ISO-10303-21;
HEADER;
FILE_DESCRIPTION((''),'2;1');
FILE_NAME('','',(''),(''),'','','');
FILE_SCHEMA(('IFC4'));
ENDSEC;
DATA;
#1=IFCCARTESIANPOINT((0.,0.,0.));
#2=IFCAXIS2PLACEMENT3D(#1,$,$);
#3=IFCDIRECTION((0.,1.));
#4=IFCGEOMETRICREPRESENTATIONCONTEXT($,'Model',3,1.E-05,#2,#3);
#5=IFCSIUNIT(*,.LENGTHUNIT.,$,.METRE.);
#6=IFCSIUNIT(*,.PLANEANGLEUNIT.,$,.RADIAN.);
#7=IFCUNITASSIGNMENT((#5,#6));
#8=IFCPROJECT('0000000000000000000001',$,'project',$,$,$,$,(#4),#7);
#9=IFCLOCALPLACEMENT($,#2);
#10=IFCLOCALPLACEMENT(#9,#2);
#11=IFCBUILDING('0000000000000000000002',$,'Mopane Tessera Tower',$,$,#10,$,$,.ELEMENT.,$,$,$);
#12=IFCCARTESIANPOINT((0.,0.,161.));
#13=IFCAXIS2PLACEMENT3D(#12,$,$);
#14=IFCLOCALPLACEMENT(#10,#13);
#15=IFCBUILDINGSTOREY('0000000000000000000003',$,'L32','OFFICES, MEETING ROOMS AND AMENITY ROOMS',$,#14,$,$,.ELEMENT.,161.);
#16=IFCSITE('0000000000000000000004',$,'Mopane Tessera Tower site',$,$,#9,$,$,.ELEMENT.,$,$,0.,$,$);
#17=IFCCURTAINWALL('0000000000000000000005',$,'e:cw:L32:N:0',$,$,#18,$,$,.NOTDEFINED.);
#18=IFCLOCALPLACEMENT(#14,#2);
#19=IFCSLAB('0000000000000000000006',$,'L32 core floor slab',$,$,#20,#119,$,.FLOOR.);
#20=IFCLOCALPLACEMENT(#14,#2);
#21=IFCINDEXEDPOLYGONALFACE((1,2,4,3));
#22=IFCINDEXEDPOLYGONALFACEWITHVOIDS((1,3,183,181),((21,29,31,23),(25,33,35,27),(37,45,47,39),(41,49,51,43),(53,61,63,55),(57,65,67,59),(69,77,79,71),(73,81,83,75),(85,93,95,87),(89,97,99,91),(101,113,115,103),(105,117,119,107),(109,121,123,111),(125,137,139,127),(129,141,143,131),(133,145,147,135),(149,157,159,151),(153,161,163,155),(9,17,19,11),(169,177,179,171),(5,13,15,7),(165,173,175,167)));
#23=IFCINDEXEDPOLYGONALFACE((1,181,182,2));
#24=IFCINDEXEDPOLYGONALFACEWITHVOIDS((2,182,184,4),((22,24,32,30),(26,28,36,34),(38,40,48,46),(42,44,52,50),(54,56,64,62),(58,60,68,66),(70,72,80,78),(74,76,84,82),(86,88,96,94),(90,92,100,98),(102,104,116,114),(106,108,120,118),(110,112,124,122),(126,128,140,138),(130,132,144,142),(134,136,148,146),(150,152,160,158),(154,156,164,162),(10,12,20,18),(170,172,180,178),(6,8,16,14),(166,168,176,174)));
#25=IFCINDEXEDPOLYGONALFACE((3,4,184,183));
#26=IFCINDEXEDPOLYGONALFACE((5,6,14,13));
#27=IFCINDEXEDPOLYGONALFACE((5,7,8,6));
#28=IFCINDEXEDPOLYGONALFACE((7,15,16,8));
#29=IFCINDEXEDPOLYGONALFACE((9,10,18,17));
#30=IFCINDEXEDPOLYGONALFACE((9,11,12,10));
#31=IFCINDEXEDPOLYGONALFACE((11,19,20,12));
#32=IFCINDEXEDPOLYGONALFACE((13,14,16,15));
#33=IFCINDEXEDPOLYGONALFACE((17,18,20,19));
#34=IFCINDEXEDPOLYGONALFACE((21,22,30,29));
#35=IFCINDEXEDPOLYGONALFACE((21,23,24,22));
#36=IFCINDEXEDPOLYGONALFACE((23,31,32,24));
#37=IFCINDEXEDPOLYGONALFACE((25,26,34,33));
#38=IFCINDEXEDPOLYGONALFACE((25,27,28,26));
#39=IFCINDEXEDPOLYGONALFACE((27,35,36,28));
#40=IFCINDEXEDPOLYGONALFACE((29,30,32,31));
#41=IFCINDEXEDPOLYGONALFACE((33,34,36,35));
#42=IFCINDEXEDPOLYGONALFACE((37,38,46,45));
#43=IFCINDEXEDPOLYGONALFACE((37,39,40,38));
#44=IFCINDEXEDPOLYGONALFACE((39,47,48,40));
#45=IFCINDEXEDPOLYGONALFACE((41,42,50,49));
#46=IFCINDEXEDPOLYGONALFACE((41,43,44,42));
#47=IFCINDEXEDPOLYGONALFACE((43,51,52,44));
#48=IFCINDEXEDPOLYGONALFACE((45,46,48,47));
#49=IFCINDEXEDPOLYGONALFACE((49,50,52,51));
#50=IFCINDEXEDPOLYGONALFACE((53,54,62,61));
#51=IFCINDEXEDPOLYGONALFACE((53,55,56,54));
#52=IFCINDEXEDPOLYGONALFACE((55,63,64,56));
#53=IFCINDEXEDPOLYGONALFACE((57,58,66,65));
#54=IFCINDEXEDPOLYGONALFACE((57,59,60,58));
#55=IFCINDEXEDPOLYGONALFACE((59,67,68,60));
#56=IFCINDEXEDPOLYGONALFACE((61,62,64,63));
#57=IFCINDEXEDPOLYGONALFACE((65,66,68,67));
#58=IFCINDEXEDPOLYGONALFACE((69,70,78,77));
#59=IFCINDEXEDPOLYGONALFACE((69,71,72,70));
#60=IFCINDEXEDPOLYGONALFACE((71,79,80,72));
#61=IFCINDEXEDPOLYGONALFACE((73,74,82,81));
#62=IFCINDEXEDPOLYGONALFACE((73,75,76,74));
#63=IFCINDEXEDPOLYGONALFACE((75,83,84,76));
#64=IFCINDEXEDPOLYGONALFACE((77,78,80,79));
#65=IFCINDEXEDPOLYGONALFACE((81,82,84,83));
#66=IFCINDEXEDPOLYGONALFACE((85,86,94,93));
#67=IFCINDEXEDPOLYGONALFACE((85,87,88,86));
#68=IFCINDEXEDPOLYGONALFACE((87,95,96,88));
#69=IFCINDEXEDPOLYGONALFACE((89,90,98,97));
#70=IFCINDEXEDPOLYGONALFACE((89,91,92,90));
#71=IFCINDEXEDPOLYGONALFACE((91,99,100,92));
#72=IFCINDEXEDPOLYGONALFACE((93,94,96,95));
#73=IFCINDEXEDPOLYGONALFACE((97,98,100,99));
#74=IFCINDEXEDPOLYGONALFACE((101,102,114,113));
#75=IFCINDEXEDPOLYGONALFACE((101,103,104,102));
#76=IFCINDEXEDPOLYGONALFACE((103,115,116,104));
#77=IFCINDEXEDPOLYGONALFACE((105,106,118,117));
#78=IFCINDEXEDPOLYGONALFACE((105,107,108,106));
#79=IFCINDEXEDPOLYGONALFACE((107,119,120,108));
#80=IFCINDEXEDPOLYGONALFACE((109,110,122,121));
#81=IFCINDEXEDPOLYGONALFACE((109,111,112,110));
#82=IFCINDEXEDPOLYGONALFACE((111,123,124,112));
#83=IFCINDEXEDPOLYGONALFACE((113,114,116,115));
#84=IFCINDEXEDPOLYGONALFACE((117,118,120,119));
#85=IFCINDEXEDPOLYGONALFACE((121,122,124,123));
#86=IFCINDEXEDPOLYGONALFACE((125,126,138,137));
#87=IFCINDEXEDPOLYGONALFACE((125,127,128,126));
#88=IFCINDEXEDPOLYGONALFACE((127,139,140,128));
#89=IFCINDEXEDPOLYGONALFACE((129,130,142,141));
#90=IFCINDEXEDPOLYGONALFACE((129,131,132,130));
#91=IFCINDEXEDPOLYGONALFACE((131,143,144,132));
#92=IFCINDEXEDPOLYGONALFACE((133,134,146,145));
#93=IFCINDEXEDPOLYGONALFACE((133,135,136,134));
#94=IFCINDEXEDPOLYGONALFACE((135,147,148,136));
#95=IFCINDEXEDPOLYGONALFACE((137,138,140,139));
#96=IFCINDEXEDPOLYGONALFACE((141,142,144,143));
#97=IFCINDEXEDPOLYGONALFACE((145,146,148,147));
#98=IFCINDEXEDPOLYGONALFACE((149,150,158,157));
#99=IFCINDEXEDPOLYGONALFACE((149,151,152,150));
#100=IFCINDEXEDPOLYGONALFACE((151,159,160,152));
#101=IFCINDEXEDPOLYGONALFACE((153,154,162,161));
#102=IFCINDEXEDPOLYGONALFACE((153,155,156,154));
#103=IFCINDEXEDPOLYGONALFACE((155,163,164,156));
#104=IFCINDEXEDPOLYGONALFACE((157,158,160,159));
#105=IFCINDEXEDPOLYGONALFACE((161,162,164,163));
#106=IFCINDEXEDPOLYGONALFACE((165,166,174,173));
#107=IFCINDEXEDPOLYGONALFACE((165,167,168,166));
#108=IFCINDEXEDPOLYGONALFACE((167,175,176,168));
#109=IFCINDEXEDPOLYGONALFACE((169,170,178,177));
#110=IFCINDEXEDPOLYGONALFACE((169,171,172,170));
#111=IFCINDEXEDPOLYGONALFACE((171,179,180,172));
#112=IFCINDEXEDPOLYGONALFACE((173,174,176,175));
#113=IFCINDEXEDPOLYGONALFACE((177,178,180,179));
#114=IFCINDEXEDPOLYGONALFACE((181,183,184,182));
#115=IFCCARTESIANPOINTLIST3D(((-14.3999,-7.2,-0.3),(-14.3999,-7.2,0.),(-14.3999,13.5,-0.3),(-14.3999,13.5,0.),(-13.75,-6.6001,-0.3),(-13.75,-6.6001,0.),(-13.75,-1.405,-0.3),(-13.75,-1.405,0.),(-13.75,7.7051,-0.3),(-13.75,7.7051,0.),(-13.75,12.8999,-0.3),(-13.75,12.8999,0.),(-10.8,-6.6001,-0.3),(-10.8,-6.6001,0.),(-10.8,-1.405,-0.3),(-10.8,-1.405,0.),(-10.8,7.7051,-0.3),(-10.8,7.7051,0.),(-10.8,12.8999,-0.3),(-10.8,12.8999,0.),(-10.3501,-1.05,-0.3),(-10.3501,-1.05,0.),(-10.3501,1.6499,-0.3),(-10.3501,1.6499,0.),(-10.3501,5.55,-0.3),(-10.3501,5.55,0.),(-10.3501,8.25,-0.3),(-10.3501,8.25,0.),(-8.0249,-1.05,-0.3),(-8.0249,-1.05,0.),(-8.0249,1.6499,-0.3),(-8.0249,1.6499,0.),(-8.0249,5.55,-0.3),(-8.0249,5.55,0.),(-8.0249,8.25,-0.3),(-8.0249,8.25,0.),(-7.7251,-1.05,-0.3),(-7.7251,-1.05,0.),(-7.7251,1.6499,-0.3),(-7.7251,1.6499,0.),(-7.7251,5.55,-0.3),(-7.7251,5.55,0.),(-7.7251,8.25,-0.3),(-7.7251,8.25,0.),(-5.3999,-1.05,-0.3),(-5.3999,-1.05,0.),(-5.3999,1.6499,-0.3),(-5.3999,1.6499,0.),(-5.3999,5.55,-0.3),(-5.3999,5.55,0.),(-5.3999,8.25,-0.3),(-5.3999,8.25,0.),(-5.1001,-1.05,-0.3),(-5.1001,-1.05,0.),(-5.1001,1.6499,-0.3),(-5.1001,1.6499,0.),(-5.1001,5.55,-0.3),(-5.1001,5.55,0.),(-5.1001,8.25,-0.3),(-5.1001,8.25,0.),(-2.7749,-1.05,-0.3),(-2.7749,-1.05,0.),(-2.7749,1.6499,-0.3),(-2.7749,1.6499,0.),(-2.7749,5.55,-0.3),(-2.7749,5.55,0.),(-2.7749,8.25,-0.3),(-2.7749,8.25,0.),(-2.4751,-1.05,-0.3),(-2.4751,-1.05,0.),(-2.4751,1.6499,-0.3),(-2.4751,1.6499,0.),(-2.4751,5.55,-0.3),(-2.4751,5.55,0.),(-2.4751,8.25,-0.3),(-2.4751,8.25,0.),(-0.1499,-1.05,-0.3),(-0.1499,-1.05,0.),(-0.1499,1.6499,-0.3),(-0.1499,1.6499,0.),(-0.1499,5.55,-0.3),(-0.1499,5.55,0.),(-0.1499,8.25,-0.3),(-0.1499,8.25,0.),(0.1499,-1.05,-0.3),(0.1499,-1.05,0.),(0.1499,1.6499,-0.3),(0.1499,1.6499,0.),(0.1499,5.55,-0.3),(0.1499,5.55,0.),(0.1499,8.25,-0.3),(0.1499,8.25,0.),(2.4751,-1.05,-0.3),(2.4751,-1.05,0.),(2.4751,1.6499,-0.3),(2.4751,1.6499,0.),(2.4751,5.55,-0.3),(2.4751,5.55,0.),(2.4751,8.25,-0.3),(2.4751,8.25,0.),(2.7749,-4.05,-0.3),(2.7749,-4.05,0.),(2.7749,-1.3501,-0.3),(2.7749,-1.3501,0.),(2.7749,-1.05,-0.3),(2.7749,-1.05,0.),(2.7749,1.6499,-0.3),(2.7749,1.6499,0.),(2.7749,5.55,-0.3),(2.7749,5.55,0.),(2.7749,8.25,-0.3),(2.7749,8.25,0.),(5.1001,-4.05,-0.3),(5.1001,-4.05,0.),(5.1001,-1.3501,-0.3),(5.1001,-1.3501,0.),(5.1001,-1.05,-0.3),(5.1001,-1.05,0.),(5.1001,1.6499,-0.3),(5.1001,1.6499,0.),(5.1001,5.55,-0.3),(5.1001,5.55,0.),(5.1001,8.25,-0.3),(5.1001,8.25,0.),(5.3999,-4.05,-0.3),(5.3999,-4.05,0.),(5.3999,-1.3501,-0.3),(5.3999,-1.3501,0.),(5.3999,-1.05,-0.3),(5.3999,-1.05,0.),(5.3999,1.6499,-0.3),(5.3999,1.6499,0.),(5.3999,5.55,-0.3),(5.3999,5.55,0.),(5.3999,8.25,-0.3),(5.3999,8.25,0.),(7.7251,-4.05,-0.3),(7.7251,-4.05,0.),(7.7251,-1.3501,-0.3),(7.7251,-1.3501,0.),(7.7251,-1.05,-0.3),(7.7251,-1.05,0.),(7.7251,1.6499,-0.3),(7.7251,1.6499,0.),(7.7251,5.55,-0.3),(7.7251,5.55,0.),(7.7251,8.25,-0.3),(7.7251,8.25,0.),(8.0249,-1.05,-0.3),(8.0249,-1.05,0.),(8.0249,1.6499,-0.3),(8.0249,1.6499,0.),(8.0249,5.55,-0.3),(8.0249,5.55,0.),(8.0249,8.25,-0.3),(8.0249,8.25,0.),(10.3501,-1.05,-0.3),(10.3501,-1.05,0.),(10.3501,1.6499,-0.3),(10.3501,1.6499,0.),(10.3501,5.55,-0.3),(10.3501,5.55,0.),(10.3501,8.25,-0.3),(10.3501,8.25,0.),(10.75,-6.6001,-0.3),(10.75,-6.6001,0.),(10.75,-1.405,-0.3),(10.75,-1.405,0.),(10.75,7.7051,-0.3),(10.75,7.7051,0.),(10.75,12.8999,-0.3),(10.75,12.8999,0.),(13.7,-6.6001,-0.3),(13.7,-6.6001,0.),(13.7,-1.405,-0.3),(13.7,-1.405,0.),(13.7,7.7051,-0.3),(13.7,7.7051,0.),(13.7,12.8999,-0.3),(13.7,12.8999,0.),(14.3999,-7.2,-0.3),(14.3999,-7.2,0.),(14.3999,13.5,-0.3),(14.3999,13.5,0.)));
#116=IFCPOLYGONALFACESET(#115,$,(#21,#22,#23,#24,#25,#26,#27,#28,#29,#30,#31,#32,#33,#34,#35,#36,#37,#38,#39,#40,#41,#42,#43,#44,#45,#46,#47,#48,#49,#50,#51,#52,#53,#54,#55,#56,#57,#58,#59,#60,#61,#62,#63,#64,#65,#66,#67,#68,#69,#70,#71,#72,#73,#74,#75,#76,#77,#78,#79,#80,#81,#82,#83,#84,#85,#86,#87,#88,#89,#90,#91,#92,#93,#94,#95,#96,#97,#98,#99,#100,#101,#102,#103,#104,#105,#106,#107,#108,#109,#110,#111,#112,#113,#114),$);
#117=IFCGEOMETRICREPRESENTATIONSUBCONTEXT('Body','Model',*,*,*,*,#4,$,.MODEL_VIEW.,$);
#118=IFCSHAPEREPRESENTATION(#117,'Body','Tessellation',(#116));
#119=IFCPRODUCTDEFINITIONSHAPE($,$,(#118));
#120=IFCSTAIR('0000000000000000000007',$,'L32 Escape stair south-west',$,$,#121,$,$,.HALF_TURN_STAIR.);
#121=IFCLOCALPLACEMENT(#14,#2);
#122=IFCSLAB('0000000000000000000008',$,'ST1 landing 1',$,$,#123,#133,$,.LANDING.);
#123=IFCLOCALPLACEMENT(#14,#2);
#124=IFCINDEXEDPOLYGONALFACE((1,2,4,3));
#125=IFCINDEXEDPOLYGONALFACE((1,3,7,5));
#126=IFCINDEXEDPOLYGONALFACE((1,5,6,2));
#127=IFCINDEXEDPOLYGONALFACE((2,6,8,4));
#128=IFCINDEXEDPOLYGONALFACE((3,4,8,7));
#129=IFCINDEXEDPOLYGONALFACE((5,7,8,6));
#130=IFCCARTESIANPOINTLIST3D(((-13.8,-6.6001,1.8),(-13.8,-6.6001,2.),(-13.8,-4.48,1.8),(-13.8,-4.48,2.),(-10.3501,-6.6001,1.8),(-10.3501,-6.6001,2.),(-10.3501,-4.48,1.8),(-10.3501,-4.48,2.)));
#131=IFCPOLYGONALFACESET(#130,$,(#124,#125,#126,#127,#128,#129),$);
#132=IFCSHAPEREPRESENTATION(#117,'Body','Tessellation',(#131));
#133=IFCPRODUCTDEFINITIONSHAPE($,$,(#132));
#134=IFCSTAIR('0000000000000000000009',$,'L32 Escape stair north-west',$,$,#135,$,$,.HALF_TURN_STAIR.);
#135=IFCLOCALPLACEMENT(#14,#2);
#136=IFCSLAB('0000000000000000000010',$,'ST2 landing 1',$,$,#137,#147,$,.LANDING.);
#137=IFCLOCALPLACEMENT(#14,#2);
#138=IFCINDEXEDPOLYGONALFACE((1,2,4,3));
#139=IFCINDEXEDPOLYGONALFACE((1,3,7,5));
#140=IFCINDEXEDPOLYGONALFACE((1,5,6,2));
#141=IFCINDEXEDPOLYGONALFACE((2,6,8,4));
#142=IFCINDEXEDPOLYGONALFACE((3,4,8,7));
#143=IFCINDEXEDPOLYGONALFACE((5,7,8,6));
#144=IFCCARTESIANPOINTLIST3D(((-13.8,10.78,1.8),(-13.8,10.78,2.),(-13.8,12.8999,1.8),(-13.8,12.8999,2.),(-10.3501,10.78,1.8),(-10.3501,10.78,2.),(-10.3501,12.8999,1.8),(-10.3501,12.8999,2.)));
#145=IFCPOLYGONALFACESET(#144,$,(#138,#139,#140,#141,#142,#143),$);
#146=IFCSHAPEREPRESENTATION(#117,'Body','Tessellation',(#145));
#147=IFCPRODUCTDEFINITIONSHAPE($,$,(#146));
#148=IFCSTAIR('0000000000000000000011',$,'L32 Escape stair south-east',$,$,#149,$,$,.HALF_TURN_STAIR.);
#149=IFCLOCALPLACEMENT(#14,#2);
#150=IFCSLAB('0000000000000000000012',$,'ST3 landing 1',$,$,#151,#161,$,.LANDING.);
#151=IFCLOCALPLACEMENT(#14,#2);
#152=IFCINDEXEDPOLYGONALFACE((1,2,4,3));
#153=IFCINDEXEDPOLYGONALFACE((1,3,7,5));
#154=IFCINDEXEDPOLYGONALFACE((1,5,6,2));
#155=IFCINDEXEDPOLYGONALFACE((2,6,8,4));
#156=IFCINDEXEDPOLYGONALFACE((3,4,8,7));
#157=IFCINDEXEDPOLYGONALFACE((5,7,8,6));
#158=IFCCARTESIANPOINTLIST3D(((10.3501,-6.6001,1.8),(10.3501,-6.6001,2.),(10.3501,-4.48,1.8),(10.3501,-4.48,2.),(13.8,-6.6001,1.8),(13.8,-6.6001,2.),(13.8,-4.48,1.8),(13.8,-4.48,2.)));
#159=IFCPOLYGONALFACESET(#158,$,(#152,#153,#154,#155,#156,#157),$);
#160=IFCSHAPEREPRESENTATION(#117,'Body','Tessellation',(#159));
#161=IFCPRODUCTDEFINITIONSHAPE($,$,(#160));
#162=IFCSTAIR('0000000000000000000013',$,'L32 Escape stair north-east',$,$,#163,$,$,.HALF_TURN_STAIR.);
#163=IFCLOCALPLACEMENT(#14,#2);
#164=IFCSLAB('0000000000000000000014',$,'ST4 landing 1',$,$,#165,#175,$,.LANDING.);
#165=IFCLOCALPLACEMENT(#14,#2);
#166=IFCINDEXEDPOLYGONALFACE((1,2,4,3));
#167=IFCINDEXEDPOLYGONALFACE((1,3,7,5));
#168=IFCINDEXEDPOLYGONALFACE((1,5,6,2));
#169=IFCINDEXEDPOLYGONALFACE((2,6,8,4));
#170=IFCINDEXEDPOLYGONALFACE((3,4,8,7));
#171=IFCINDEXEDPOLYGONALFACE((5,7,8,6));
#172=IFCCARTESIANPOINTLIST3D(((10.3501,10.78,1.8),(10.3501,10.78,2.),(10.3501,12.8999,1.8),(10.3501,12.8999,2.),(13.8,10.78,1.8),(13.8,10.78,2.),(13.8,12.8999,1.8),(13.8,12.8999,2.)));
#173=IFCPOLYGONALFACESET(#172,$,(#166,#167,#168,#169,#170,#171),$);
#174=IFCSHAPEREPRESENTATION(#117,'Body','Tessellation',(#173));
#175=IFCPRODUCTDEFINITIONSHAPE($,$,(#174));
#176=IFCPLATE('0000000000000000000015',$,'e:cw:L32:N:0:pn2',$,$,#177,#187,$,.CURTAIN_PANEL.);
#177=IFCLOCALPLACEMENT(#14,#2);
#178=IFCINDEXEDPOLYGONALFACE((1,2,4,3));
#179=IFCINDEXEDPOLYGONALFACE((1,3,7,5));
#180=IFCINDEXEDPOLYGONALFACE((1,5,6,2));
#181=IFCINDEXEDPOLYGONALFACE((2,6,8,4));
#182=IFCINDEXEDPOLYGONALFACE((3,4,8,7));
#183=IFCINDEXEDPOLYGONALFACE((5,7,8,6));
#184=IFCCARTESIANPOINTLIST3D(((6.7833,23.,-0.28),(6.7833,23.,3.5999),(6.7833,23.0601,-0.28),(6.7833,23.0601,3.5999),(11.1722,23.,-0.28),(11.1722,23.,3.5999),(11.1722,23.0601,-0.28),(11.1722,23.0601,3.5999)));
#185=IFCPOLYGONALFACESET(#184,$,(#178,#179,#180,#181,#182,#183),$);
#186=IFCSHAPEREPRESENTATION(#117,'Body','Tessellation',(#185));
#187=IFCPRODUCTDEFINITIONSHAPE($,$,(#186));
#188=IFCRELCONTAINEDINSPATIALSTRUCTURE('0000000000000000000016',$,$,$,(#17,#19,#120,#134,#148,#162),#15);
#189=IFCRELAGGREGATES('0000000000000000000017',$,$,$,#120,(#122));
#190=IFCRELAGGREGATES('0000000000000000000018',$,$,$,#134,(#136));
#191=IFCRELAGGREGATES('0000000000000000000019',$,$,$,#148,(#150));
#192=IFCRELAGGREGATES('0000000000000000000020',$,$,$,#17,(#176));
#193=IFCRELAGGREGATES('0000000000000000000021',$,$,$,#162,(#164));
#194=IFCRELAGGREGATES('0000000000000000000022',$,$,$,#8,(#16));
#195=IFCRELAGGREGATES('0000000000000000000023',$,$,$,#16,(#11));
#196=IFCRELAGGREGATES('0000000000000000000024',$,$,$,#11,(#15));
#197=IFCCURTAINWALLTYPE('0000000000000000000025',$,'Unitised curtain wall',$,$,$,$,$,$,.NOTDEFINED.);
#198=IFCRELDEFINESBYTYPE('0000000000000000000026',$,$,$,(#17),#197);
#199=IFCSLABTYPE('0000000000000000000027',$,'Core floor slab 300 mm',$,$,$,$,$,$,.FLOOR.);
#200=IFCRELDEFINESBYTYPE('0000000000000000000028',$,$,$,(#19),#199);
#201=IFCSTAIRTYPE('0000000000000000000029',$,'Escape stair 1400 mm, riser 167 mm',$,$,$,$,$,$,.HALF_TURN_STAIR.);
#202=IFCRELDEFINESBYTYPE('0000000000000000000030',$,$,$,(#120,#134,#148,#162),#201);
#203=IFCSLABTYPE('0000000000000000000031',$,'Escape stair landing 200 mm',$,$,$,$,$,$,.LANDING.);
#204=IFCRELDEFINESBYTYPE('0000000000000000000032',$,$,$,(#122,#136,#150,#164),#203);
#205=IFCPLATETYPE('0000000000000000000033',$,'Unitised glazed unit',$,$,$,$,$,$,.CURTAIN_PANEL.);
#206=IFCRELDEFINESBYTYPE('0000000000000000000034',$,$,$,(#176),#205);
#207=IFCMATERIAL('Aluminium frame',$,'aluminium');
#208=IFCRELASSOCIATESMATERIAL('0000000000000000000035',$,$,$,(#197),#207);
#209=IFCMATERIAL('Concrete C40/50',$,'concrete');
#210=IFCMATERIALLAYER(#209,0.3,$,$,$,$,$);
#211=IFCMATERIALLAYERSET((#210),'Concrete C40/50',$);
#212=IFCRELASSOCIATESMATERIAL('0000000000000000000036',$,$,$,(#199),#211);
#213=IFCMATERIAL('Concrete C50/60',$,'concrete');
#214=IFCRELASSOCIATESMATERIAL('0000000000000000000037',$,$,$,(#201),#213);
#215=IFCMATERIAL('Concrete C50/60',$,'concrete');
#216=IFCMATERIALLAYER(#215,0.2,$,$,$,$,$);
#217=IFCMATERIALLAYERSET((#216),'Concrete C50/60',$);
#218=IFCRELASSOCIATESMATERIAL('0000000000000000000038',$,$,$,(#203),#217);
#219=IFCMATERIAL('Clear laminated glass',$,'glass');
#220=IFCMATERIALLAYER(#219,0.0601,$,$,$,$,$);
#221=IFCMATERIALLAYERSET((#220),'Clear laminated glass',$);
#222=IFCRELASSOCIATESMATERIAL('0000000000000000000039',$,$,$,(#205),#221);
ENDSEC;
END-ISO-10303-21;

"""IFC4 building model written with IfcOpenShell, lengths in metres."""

from ifc_helpers import new_model, si_unit, direction, frame, origin, origin_2d, place, context, subcontext, project, spatial, polyline, rectangle, outline, extrude, material, layer, layer_set, type_object, element, aggregate, save


model = new_model("IFC4")

# Units and contexts
model_context = context("Model", 3, precision=1e-05, world=origin(), true_north=direction((0.0, 1.0)))
body_context = subcontext(model_context, "Body", "Model", "MODEL_VIEW")
ifc_project = project(units=[si_unit("LENGTHUNIT", "METRE"), si_unit("PLANEANGLEUNIT", "RADIAN")], contexts=[model_context])

# Site, building, storey
site_placement = place(None, origin())
site = spatial("IfcSite", under=ifc_project, at=site_placement, Name="Mopane Tessera Tower site", CompositionType="ELEMENT", RefElevation=0.0)
building_placement = place(site_placement, origin())
building = spatial("IfcBuilding", under=site, at=building_placement, Name="Mopane Tessera Tower", CompositionType="ELEMENT")
storey_placement = place(building_placement, frame((0.0, 0.0, 161.0)))
storey = spatial("IfcBuildingStorey", under=building, at=storey_placement, Name="L32", Description="OFFICES, MEETING ROOMS AND AMENITY ROOMS", CompositionType="ELEMENT", Elevation=161.0)

# Curtain wall
ifc_material_1 = material(Name="Aluminium frame", Category="aluminium")
curtain_wall_type = type_object("IfcCurtainWallType", Name="Unitised curtain wall", PredefinedType="NOTDEFINED", material=ifc_material_1)
curtain_wall_1_placement = place(storey_placement, origin())
curtain_wall_1 = element("IfcCurtainWall", 1, at=curtain_wall_1_placement, inside=storey, type_object=curtain_wall_type, Name="e:cw:L32:N:0", PredefinedType="NOTDEFINED")

# Slab
ifc_material_2 = material(Name="Concrete C40/50", Category="concrete")
ifc_layer_1 = layer(ifc_material_2, 0.3)
ifc_layer_set_1 = layer_set([ifc_layer_1], Name="Concrete C40/50")
slab_type_1 = type_object("IfcSlabType", Name="Core floor slab 300 mm", PredefinedType="FLOOR", material=ifc_layer_set_1)
slab_1_placement = place(storey_placement, frame((0.0, 0.0, -0.3)))
element("IfcSlab", 2, at=slab_1_placement, inside=storey, type_object=slab_type_1, Name="L32 core floor slab", PredefinedType="FLOOR", context=body_context, shape_type="SweptSolid", body=[
    extrude(outline(polyline([(-14.3999, -7.2), (14.3999, -7.2), (14.3999, 13.5), (-14.3999, 13.5), (-14.3999, -7.2)]), holes=[polyline([(-10.3501, -1.05), (-8.0249, -1.05), (-8.0249, 1.6499), (-10.3501, 1.6499), (-10.3501, -1.05)]), polyline([(-7.7251, -1.05), (-5.3999, -1.05), (-5.3999, 1.6499), (-7.7251, 1.6499), (-7.7251, -1.05)]), polyline([(-5.1001, -1.05), (-2.7749, -1.05), (-2.7749, 1.6499), (-5.1001, 1.6499), (-5.1001, -1.05)]), polyline([(-2.4751, -1.05), (-0.1499, -1.05), (-0.1499, 1.6499), (-2.4751, 1.6499), (-2.4751, -1.05)]), polyline([(0.1499, -1.05), (2.4751, -1.05), (2.4751, 1.6499), (0.1499, 1.6499), (0.1499, -1.05)]), polyline([(2.7749, -1.05), (5.1001, -1.05), (5.1001, 1.6499), (2.7749, 1.6499), (2.7749, -1.05)]), polyline([(5.3999, -1.05), (7.7251, -1.05), (7.7251, 1.6499), (5.3999, 1.6499), (5.3999, -1.05)]), polyline([(8.0249, -1.05), (10.3501, -1.05), (10.3501, 1.6499), (8.0249, 1.6499), (8.0249, -1.05)]), polyline([(-10.3501, 5.55), (-8.0249, 5.55), (-8.0249, 8.25), (-10.3501, 8.25), (-10.3501, 5.55)]), polyline([(-7.7251, 5.55), (-5.3999, 5.55), (-5.3999, 8.25), (-7.7251, 8.25), (-7.7251, 5.55)]), polyline([(-5.1001, 5.55), (-2.7749, 5.55), (-2.7749, 8.25), (-5.1001, 8.25), (-5.1001, 5.55)]), polyline([(-2.4751, 5.55), (-0.1499, 5.55), (-0.1499, 8.25), (-2.4751, 8.25), (-2.4751, 5.55)]), polyline([(0.1499, 5.55), (2.4751, 5.55), (2.4751, 8.25), (0.1499, 8.25), (0.1499, 5.55)]), polyline([(2.7749, 5.55), (5.1001, 5.55), (5.1001, 8.25), (2.7749, 8.25), (2.7749, 5.55)]), polyline([(5.3999, 5.55), (7.7251, 5.55), (7.7251, 8.25), (5.3999, 8.25), (5.3999, 5.55)]), polyline([(8.0249, 5.55), (10.3501, 5.55), (10.3501, 8.25), (8.0249, 8.25), (8.0249, 5.55)]), polyline([(2.7749, -4.05), (5.1001, -4.05), (5.1001, -1.3501), (2.7749, -1.3501), (2.7749, -4.05)]), polyline([(5.3999, -4.05), (7.7251, -4.05), (7.7251, -1.3501), (5.3999, -1.3501), (5.3999, -4.05)]), polyline([(-13.75, -1.405), (-13.75, -6.6001), (-10.8, -6.6001), (-10.8, -1.405), (-13.75, -1.405)]), polyline([(-10.8, 7.7051), (-10.8, 12.8999), (-13.75, 12.8999), (-13.75, 7.7051), (-10.8, 7.7051)]), polyline([(10.75, -1.405), (10.75, -6.6001), (13.7, -6.6001), (13.7, -1.405), (10.75, -1.405)]), polyline([(13.7, 7.7051), (13.7, 12.8999), (10.75, 12.8999), (10.75, 7.7051), (13.7, 7.7051)])]), origin(), (0.0, 0.0, 1.0), 0.3),
])

# Stairs, slabs
ifc_material_3 = material(Name="Concrete C50/60", Category="concrete")
stair_type = type_object("IfcStairType", Name="Escape stair 1400 mm, riser 167 mm", PredefinedType="HALF_TURN_STAIR", material=ifc_material_3)
stair_1_placement = place(storey_placement, origin())
stair_1 = element("IfcStair", 3, at=stair_1_placement, inside=storey, type_object=stair_type, Name="L32 Escape stair south-west", PredefinedType="HALF_TURN_STAIR")
ifc_material_4 = material(Name="Concrete C50/60", Category="concrete")
ifc_layer_2 = layer(ifc_material_4, 0.2)
ifc_layer_set_2 = layer_set([ifc_layer_2], Name="Concrete C50/60")
slab_type_2 = type_object("IfcSlabType", Name="Escape stair landing 200 mm", PredefinedType="LANDING", material=ifc_layer_set_2)
slab_2_placement = place(storey_placement, frame((0.0, 0.0, 1.8)))
slab_2 = element("IfcSlab", 4, at=slab_2_placement, type_object=slab_type_2, Name="ST1 landing 1", PredefinedType="LANDING", context=body_context, shape_type="SweptSolid", body=[
    extrude(outline(polyline([(-13.8, -4.48), (-13.8, -6.6001), (-10.3501, -6.6001), (-10.3501, -4.48), (-13.8, -4.48)])), origin(), (0.0, 0.0, 1.0), 0.2),
])
aggregate(stair_1, [slab_2])
stair_2_placement = place(storey_placement, origin())
stair_2 = element("IfcStair", 5, at=stair_2_placement, inside=storey, type_object=stair_type, Name="L32 Escape stair north-west", PredefinedType="HALF_TURN_STAIR")
slab_3_placement = place(storey_placement, frame((0.0, 0.0, 1.8)))
slab_3 = element("IfcSlab", 6, at=slab_3_placement, type_object=slab_type_2, Name="ST2 landing 1", PredefinedType="LANDING", context=body_context, shape_type="SweptSolid", body=[
    extrude(outline(polyline([(-10.3501, 10.78), (-10.3501, 12.8999), (-13.8, 12.8999), (-13.8, 10.78), (-10.3501, 10.78)])), origin(), (0.0, 0.0, 1.0), 0.2),
])
aggregate(stair_2, [slab_3])
stair_3_placement = place(storey_placement, origin())
stair_3 = element("IfcStair", 7, at=stair_3_placement, inside=storey, type_object=stair_type, Name="L32 Escape stair south-east", PredefinedType="HALF_TURN_STAIR")
slab_4_placement = place(storey_placement, frame((0.0, 0.0, 1.8)))
slab_4 = element("IfcSlab", 8, at=slab_4_placement, type_object=slab_type_2, Name="ST3 landing 1", PredefinedType="LANDING", context=body_context, shape_type="SweptSolid", body=[
    extrude(outline(polyline([(10.3501, -4.48), (10.3501, -6.6001), (13.8, -6.6001), (13.8, -4.48), (10.3501, -4.48)])), origin(), (0.0, 0.0, 1.0), 0.2),
])
aggregate(stair_3, [slab_4])
stair_4_placement = place(storey_placement, origin())
stair_4 = element("IfcStair", 9, at=stair_4_placement, inside=storey, type_object=stair_type, Name="L32 Escape stair north-east", PredefinedType="HALF_TURN_STAIR")
slab_5_placement = place(storey_placement, frame((0.0, 0.0, 1.8)))
slab_5 = element("IfcSlab", 10, at=slab_5_placement, type_object=slab_type_2, Name="ST4 landing 1", PredefinedType="LANDING", context=body_context, shape_type="SweptSolid", body=[
    extrude(outline(polyline([(13.8, 10.78), (13.8, 12.8999), (10.3501, 12.8999), (10.3501, 10.78), (13.8, 10.78)])), origin(), (0.0, 0.0, 1.0), 0.2),
])

# Plate
ifc_material_5 = material(Name="Clear laminated glass", Category="glass")
ifc_layer_3 = layer(ifc_material_5, 0.0601)
ifc_layer_set_3 = layer_set([ifc_layer_3], Name="Clear laminated glass")
plate_type = type_object("IfcPlateType", Name="Unitised glazed unit", PredefinedType="CURTAIN_PANEL", material=ifc_layer_set_3)
plate_1_placement = place(storey_placement, frame((8.9778, 23.03, -0.28), z_axis=(0.0, 0.0, 1.0), x_axis=(-1.0, 0.0, 0.0)))
plate_1 = element("IfcPlate", 11, at=plate_1_placement, type_object=plate_type, Name="e:cw:L32:N:0:pn2", PredefinedType="CURTAIN_PANEL", context=body_context, shape_type="SweptSolid", body=[
    extrude(rectangle(XDim=4.3889, YDim=0.0601, at=origin_2d()), origin(), (0.0, 0.0, 1.0), 3.8799),
])
aggregate(curtain_wall_1, [plate_1])

aggregate(stair_4, [slab_5])

save(model, "model.ifc")
